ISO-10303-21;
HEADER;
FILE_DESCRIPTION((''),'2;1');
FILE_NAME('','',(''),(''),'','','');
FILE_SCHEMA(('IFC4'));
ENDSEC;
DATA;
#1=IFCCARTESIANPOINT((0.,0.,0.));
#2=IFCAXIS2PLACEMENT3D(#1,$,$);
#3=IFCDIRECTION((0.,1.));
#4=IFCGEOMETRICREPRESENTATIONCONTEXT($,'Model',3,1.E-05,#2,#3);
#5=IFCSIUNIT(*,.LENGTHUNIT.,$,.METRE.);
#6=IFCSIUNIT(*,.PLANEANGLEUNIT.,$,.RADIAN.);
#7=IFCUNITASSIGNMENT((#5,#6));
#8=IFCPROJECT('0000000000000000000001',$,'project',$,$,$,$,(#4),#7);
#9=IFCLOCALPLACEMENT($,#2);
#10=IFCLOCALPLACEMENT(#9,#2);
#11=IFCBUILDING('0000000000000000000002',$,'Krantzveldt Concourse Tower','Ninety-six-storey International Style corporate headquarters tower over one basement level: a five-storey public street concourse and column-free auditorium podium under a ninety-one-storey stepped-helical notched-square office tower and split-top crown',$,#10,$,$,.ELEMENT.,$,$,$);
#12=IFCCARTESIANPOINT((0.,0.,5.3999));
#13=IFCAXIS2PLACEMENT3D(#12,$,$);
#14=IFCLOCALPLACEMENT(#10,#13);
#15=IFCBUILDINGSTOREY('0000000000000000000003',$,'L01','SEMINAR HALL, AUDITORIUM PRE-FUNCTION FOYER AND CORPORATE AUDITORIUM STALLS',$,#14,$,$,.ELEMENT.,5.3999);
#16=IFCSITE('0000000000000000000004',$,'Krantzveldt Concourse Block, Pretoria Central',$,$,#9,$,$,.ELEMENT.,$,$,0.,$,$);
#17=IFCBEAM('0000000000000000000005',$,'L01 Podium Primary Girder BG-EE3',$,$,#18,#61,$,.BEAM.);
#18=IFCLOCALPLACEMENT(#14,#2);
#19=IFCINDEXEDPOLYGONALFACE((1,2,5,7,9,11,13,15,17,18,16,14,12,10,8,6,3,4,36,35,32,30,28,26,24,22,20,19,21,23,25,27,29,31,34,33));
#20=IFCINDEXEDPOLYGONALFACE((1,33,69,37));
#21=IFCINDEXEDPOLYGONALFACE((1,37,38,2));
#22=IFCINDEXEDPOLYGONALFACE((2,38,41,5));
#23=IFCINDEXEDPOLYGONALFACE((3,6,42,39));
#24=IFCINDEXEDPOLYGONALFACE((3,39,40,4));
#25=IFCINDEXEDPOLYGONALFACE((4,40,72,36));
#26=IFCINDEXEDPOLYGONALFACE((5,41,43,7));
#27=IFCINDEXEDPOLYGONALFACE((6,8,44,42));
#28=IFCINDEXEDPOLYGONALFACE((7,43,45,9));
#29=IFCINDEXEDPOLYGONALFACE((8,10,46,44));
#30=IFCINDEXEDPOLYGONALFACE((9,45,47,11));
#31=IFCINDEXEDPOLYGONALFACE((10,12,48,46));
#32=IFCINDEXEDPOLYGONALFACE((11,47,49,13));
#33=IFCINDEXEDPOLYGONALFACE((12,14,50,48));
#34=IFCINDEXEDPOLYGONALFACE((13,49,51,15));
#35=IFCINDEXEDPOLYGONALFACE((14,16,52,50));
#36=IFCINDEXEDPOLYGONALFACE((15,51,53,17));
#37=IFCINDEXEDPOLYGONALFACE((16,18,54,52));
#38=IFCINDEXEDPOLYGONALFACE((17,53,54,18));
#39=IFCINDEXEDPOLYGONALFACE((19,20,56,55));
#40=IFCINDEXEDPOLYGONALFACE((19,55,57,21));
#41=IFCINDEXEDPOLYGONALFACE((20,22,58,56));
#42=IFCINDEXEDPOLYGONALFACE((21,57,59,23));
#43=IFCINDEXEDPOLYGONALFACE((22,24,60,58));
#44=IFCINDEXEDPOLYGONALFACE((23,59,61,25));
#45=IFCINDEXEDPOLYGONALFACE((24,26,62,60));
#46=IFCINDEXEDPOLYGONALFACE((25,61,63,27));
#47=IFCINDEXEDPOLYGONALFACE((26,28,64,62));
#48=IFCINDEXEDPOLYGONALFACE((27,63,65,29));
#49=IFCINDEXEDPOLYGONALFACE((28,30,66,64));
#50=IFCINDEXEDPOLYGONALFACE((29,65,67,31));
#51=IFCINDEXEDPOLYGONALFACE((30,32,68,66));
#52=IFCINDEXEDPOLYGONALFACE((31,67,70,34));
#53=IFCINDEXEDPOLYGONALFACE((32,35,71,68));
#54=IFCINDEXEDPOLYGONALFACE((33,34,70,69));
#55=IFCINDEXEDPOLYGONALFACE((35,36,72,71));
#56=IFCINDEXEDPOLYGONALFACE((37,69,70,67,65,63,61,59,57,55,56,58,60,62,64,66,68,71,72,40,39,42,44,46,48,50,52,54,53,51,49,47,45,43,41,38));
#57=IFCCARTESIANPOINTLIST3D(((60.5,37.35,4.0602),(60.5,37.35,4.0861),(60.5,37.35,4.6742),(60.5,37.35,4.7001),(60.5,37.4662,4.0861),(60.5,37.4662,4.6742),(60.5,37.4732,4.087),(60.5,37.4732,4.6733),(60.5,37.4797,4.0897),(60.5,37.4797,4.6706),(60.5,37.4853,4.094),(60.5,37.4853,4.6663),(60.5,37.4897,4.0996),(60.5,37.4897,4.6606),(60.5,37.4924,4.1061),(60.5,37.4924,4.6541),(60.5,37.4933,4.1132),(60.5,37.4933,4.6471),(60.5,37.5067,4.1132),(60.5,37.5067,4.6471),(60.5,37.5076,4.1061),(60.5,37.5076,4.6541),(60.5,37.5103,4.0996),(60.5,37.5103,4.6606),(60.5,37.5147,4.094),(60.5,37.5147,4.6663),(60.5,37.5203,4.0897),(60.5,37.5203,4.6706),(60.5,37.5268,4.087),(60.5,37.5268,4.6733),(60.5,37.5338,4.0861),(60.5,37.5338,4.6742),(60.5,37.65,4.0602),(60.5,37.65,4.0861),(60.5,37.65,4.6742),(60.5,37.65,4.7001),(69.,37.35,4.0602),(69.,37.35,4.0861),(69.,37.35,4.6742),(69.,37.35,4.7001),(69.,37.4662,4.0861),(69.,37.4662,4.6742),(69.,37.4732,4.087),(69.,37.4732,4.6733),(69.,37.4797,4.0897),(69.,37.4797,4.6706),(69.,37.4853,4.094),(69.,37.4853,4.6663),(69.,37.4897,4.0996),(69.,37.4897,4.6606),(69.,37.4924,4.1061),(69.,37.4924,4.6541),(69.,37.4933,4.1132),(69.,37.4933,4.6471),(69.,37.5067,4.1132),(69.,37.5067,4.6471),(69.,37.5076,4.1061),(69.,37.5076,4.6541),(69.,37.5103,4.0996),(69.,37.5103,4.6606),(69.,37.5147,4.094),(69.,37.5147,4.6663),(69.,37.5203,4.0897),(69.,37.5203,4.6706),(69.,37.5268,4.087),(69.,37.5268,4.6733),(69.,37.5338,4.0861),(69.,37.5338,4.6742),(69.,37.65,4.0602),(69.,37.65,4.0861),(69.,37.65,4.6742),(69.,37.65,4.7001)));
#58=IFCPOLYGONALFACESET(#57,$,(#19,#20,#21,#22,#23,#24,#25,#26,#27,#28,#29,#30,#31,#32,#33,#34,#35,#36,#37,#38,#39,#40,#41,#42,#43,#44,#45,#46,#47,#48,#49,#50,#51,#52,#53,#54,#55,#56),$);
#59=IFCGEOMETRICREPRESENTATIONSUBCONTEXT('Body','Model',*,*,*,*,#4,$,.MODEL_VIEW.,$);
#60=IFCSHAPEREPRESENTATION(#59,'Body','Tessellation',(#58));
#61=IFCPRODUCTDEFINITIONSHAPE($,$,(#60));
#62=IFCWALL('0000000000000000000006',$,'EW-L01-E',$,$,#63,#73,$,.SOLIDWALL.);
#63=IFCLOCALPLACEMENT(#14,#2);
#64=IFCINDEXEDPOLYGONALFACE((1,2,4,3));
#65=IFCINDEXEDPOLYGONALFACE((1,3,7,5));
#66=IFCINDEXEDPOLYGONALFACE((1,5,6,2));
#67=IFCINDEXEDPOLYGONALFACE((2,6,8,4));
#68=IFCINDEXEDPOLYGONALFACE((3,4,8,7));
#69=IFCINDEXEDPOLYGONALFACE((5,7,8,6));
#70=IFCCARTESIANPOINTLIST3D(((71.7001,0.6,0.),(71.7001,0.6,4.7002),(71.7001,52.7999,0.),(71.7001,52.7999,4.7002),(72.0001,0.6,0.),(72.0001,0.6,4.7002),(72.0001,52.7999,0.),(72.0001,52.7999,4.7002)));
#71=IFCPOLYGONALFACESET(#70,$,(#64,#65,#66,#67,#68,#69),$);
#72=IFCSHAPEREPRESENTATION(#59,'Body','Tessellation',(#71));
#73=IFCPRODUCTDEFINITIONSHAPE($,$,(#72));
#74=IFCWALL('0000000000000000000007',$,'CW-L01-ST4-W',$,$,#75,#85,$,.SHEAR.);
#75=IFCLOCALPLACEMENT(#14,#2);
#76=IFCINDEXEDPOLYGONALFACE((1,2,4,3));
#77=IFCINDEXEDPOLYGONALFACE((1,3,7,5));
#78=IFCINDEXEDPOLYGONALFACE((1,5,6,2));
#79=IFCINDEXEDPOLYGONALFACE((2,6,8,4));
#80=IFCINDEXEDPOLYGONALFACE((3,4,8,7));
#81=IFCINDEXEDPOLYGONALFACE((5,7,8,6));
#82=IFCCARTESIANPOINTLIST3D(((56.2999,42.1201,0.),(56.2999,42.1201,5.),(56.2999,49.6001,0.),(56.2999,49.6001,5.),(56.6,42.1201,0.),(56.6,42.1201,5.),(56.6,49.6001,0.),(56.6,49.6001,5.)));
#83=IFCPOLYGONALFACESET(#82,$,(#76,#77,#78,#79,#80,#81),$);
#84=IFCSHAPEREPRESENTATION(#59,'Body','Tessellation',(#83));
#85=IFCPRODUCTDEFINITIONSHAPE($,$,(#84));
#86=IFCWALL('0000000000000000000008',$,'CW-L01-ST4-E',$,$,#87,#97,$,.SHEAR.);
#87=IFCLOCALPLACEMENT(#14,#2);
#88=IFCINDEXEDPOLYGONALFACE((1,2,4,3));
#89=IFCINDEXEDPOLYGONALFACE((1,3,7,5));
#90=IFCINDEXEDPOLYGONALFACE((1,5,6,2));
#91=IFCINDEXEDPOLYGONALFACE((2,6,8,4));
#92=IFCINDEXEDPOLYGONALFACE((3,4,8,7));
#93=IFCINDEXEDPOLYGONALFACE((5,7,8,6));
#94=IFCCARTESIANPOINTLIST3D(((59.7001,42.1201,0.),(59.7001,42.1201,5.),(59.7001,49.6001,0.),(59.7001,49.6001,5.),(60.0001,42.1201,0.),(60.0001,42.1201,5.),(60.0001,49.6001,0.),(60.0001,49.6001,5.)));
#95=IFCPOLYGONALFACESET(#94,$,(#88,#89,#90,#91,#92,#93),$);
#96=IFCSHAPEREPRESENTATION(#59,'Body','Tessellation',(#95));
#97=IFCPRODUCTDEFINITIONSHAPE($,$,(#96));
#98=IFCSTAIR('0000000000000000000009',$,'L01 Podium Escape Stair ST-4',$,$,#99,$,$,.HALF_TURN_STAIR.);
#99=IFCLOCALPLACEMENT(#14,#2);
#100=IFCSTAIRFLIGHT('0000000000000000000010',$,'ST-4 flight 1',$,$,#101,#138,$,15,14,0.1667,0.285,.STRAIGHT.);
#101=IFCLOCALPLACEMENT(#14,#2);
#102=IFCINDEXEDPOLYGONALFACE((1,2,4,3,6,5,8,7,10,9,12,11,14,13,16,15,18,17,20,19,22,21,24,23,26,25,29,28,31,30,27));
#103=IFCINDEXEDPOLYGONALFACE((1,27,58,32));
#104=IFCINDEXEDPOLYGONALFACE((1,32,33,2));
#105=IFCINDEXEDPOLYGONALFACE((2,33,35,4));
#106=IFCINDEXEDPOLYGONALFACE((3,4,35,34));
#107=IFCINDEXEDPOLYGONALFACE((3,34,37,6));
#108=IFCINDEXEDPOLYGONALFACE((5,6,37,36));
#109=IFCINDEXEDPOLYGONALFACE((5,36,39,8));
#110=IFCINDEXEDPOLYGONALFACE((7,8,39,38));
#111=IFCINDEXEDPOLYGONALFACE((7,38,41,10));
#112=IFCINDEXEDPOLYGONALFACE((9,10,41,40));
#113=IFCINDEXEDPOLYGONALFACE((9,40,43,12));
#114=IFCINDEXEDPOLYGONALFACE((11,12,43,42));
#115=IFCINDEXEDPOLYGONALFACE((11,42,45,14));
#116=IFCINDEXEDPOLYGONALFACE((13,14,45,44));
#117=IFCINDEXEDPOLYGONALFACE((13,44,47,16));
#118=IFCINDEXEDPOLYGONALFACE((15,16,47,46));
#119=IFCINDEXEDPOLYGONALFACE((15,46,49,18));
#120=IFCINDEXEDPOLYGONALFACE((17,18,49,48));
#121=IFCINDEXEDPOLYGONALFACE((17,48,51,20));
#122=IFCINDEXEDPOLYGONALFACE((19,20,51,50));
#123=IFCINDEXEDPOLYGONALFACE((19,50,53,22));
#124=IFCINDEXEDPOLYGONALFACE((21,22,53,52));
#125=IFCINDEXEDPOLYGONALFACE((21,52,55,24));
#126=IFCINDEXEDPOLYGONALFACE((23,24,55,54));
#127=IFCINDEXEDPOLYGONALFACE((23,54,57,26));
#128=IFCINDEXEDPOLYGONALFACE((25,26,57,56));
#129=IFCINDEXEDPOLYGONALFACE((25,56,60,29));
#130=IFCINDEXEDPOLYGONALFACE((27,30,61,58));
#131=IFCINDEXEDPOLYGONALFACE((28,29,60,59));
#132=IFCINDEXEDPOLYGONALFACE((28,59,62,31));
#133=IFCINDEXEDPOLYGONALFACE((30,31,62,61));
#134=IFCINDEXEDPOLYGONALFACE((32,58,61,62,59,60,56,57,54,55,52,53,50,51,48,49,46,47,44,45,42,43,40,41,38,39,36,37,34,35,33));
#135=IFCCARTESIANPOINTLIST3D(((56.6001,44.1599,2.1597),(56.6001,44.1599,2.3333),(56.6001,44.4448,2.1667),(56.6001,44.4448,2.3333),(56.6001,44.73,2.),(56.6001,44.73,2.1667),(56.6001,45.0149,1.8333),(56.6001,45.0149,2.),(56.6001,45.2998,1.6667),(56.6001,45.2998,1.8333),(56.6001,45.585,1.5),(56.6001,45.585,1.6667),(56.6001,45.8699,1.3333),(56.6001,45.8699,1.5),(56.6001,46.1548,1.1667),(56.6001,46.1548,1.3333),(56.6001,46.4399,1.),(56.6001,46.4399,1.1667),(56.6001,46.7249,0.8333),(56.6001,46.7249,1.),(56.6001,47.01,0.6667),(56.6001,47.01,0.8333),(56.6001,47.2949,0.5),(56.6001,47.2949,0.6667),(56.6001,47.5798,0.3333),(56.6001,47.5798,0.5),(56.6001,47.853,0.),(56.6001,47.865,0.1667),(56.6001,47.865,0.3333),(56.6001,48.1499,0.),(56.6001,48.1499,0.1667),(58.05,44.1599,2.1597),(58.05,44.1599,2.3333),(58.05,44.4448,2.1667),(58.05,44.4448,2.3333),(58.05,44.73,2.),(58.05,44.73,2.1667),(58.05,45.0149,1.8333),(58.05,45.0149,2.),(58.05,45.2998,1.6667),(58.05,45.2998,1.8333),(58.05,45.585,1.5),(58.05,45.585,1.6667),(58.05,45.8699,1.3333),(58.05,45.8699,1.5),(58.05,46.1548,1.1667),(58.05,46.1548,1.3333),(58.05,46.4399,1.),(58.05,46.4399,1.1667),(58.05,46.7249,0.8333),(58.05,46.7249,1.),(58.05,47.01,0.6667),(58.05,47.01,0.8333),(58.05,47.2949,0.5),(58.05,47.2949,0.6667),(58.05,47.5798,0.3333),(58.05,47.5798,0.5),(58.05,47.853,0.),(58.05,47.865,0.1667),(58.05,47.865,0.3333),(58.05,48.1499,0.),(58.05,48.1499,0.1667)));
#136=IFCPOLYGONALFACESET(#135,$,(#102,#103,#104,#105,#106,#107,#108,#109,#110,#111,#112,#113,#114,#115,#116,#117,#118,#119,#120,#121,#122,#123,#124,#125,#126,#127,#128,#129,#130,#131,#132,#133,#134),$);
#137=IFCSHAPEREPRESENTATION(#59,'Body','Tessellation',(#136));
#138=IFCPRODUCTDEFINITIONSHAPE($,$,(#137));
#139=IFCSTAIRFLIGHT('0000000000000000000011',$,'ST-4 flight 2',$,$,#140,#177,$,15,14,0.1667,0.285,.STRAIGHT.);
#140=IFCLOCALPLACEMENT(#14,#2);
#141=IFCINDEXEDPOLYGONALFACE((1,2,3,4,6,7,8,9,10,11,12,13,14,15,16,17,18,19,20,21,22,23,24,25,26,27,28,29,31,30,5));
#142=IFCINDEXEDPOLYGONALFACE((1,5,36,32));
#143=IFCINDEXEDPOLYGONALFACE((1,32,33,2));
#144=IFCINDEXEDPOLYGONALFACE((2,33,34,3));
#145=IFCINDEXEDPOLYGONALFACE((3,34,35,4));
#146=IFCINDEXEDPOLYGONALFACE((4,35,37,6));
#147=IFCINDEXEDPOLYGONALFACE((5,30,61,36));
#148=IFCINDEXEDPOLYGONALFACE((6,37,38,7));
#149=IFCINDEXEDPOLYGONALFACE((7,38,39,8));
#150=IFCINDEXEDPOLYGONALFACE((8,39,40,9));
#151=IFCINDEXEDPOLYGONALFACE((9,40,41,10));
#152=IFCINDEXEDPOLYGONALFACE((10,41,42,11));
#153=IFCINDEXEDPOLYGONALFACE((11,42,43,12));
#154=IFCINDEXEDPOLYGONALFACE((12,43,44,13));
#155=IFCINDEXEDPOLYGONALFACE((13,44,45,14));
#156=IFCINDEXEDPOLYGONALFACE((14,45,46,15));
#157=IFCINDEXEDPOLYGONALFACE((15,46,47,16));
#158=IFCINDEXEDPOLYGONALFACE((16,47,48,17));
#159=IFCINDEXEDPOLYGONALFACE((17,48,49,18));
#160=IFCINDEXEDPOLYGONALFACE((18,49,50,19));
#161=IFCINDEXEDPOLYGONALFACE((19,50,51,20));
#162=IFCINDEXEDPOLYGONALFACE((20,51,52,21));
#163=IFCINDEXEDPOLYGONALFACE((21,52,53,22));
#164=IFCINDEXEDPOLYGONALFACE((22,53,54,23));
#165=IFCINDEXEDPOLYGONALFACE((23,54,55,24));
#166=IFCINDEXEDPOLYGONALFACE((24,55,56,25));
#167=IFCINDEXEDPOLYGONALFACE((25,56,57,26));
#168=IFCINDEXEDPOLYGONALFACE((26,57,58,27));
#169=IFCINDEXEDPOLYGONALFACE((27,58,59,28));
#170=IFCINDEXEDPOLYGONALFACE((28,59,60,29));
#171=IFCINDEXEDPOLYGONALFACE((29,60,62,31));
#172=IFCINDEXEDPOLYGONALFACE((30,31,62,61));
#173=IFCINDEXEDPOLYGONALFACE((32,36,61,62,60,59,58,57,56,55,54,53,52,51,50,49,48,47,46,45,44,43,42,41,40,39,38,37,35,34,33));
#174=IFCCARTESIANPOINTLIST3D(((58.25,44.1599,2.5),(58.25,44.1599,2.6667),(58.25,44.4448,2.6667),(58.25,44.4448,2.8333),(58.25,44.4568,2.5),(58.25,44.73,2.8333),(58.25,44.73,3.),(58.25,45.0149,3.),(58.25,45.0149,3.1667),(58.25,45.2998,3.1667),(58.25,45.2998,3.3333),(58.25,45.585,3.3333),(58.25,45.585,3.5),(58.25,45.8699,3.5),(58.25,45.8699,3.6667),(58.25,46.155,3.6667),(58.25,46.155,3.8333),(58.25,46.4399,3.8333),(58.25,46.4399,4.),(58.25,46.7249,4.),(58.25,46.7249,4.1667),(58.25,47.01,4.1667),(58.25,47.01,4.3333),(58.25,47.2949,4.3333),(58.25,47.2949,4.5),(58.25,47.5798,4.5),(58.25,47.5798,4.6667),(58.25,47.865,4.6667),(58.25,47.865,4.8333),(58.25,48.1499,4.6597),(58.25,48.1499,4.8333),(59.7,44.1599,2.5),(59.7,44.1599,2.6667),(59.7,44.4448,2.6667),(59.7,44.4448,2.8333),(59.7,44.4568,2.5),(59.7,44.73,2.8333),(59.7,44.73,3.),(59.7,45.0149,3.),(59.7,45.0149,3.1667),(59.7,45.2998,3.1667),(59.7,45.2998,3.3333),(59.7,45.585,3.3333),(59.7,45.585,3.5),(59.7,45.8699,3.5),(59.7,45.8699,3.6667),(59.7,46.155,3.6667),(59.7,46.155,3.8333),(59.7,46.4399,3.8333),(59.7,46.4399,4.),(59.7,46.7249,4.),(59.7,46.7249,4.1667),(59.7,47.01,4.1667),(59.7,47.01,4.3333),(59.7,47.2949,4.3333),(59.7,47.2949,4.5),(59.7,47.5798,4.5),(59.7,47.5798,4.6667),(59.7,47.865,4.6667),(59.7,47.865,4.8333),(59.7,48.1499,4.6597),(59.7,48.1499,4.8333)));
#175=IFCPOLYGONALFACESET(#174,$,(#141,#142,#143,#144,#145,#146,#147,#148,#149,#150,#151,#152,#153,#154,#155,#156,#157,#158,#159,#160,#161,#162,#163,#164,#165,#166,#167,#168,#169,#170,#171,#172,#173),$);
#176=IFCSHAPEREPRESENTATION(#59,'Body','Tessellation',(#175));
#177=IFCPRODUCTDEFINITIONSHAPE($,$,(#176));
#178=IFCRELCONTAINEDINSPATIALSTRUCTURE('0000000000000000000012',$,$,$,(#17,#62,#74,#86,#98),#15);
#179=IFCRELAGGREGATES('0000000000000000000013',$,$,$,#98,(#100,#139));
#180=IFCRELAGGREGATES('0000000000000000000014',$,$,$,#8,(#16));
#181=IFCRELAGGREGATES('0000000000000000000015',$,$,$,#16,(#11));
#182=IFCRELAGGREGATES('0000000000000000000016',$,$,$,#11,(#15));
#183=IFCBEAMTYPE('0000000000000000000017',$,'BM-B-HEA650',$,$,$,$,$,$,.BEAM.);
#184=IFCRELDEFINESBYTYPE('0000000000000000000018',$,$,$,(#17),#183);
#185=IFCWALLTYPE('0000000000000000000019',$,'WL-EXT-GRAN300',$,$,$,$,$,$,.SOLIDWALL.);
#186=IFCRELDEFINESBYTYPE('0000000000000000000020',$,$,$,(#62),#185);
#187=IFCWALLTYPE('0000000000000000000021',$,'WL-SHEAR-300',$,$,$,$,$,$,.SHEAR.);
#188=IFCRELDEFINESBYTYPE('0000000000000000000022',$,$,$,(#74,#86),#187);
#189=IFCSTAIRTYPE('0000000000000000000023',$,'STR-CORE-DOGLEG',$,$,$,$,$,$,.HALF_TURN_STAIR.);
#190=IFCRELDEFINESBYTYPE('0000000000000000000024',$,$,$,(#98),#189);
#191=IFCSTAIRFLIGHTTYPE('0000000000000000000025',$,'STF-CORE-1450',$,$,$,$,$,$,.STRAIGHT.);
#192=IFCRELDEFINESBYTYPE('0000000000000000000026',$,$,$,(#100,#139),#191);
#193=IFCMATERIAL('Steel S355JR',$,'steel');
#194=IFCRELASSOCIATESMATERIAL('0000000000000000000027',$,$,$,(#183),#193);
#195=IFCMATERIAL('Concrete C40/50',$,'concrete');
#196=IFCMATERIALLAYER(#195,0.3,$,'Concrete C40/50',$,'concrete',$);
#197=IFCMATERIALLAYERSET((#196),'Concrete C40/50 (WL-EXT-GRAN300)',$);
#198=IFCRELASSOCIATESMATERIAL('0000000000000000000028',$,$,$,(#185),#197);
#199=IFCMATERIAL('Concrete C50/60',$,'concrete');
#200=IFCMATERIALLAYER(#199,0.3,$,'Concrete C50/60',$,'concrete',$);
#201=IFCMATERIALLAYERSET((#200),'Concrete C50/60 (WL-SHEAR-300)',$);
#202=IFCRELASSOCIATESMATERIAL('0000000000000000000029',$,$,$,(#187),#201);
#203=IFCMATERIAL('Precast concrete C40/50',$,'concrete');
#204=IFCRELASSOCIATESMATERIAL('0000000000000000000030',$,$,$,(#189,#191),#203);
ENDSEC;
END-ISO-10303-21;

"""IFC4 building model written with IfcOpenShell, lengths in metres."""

from ifc_helpers import new_model, si_unit, direction, frame, frame_2d, origin, origin_2d, place, context, subcontext, project, spatial, polyline, rectangle, i_section, outline, extrude, source, transform, mapped, material, layer, layer_set, material_profile, profile_set, type_object, type_shapes, element, aggregate, save


model = new_model("IFC4")

# Units and contexts
model_context = context("Model", 3, precision=1e-05, world=origin(), true_north=direction((0.0, 1.0)))
body_context = subcontext(model_context, "Body", "Model", "MODEL_VIEW")
ifc_project = project(units=[si_unit("LENGTHUNIT", "METRE"), si_unit("PLANEANGLEUNIT", "RADIAN")], contexts=[model_context])

# Site, building, storey
site_placement = place(None, origin())
site = spatial("IfcSite", under=ifc_project, at=site_placement, Name="Krantzveldt Concourse Block, Pretoria Central", CompositionType="ELEMENT", RefElevation=0.0)
building_placement = place(site_placement, origin())
building = spatial("IfcBuilding", under=site, at=building_placement, Name="Krantzveldt Concourse Tower", Description="Ninety-six-storey International Style corporate headquarters tower over one basement level: a five-storey public street concourse and column-free auditorium podium under a ninety-one-storey stepped-helical notched-square office tower and split-top crown", CompositionType="ELEMENT")
storey_placement = place(building_placement, frame((0.0, 0.0, 5.3999)))
storey = spatial("IfcBuildingStorey", under=building, at=storey_placement, Name="L01", Description="SEMINAR HALL, AUDITORIUM PRE-FUNCTION FOYER AND CORPORATE AUDITORIUM STALLS", CompositionType="ELEMENT", Elevation=5.3999)

# Shared definitions
ifc_material_1 = material(Name="Concrete C40/50", Category="concrete")
ifc_material_2 = material(Name="Concrete C50/60", Category="concrete")

# Beam
ifc_material_3 = material(Name="Steel S355JR", Category="steel")
ifc_material_profile_1 = material_profile(ifc_material_3, i_section(OverallWidth=0.3, OverallDepth=0.6399, WebThickness=0.0134, FlangeThickness=0.0259, FilletRadius=0.0271, at=origin_2d()), Name="Steel S355JR", Category="steel")
ifc_profile_set_1 = profile_set([ifc_material_profile_1], Name="Steel S355JR - HEA 650")
beam_type_1 = type_object("IfcBeamType", Name="BM-B-HEA650", PredefinedType="BEAM", material=ifc_profile_set_1)
shared_shape_1 = source(origin(), body_context, "Body", "SweptSolid", [
    extrude(i_section(OverallWidth=0.3, OverallDepth=0.6399, WebThickness=0.0134, FlangeThickness=0.0259, FilletRadius=0.0271, at=origin_2d()), origin(), (0.0, 0.0, 1.0), 8.5),
])
type_shapes(beam_type_1, [shared_shape_1])
for number, where, z_axis, x_axis, name in (
    (1, (60.5, 37.5, 4.3801), (1.0, 0.0, 0.0), (0.0, 1.0, 0.0), "L01 Podium Primary Girder BG-EE3"),
):
    element("IfcBeam", number, at=place(storey_placement, frame(where, z_axis=z_axis, x_axis=x_axis)), inside=storey, type_object=beam_type_1, Name=name, PredefinedType="BEAM", context=body_context, shape_type="MappedRepresentation", body=[
        mapped(shared_shape_1, transform((0.0, 0.0, 0.0), x_axis=(1.0, 0.0, 0.0), y_axis=(0.0, 1.0, 0.0), z_axis=(0.0, 0.0, 1.0), scale=1.0)),
    ])

# Wall
ifc_layer_1 = layer(ifc_material_1, 0.3, Name="Concrete C40/50", Category="concrete")
ifc_layer_set_1 = layer_set([ifc_layer_1], Name="Concrete C40/50 (WL-EXT-GRAN300)")
wall_type_1 = type_object("IfcWallType", Name="WL-EXT-GRAN300", PredefinedType="SOLIDWALL", material=ifc_layer_set_1)
wall_1_placement = place(storey_placement, frame((71.8501, 52.8, 0.0), z_axis=(0.0, 0.0, 1.0), x_axis=(0.0, -1.0, 0.0)))
element("IfcWall", 2, at=wall_1_placement, inside=storey, type_object=wall_type_1, Name="EW-L01-E", PredefinedType="SOLIDWALL", context=body_context, shape_type="SweptSolid", body=[
    extrude(rectangle(XDim=52.2, YDim=0.3, at=frame_2d((26.1001, 0.0))), origin(), (0.0, 0.0, 1.0), 4.7002),
])

# Shared definitions
ifc_layer_2 = layer(ifc_material_2, 0.3, Name="Concrete C50/60", Category="concrete")
ifc_layer_set_2 = layer_set([ifc_layer_2], Name="Concrete C50/60 (WL-SHEAR-300)")
wall_type_2 = type_object("IfcWallType", Name="WL-SHEAR-300", PredefinedType="SHEAR", material=ifc_layer_set_2)

# Walls
for number, where, z_axis, x_axis, name in (
    (3, (56.45, 42.1201, 0.0), (0.0, 0.0, 1.0), (0.0, 1.0, 0.0), "CW-L01-ST4-W"),
    (4, (59.8501, 42.1201, 0.0), (0.0, 0.0, 1.0), (0.0, 1.0, 0.0), "CW-L01-ST4-E"),
):
    element("IfcWall", number, at=place(storey_placement, frame(where, z_axis=z_axis, x_axis=x_axis)), inside=storey, type_object=wall_type_2, Name=name, PredefinedType="SHEAR", context=body_context, shape_type="SweptSolid", body=[
        extrude(rectangle(XDim=7.48, YDim=0.3, at=frame_2d((3.74, 0.0))), origin(), (0.0, 0.0, 1.0), 5.0),
    ])

# Stair, stair flights
ifc_material_4 = material(Name="Precast concrete C40/50", Category="concrete")
stair_type = type_object("IfcStairType", Name="STR-CORE-DOGLEG", PredefinedType="HALF_TURN_STAIR", material=ifc_material_4)
stair_placement = place(storey_placement, origin())
stair = element("IfcStair", 5, at=stair_placement, inside=storey, type_object=stair_type, Name="L01 Podium Escape Stair ST-4", PredefinedType="HALF_TURN_STAIR")
stair_flight_type = type_object("IfcStairFlightType", Name="STF-CORE-1450", PredefinedType="STRAIGHT", material=ifc_material_4)
stair_flight_1_placement = place(storey_placement, frame((57.325, 48.1499, 0.0), z_axis=(0.0, 0.0, 1.0), x_axis=(0.0, -1.0, 0.0)))
stair_flight_1 = element("IfcStairFlight", 6, at=stair_flight_1_placement, type_object=stair_flight_type, Name="ST-4 flight 1", NumberOfRisers=15, NumberOfTreads=14, PredefinedType="STRAIGHT", RiserHeight=0.1667, TreadLength=0.285, context=body_context, shape_type="SweptSolid", body=[
    extrude(outline(polyline([(0.0, 0.0), (0.0, 0.1667), (0.2849, 0.1667), (0.2849, 0.3333), (0.5701, 0.3333), (0.5701, 0.5), (0.855, 0.5), (0.855, 0.6667), (1.1399, 0.6667), (1.1399, 0.8333), (1.425, 0.8333), (1.425, 1.0), (1.71, 1.0), (1.71, 1.1667), (1.9951, 1.1667), (1.9951, 1.3333), (2.28, 1.3333), (2.28, 1.5), (2.5649, 1.5), (2.5649, 1.6667), (2.8501, 1.6667), (2.8501, 1.8333), (3.135, 1.8333), (3.135, 2.0), (3.4199, 2.0), (3.4199, 2.1667), (3.7051, 2.1667), (3.7051, 2.3333), (3.99, 2.3333), (3.99, 2.5), (3.99, 2.1597), (0.2969, 0.0), (0.0, 0.0)])), frame((0.0, 0.7251, 0.0), z_axis=(0.0, -1.0, 0.0), x_axis=(1.0, 0.0, 0.0)), (0.0, 0.0, 1.0), 1.45),
])
stair_flight_2_placement = place(storey_placement, frame((58.9751, 44.1599, 2.5), z_axis=(0.0, 0.0, 1.0), x_axis=(0.0, 1.0, 0.0)))
stair_flight_2 = element("IfcStairFlight", 7, at=stair_flight_2_placement, type_object=stair_flight_type, Name="ST-4 flight 2", NumberOfRisers=15, NumberOfTreads=14, PredefinedType="STRAIGHT", RiserHeight=0.1667, TreadLength=0.285, context=body_context, shape_type="SweptSolid", body=[
    extrude(outline(polyline([(0.0, 0.0), (0.0, 0.1667), (0.2849, 0.1667), (0.2849, 0.3333), (0.5701, 0.3333), (0.5701, 0.5), (0.855, 0.5), (0.855, 0.6667), (1.1399, 0.6667), (1.1399, 0.8333), (1.425, 0.8333), (1.425, 1.0), (1.71, 1.0), (1.71, 1.1667), (1.9951, 1.1667), (1.9951, 1.3333), (2.28, 1.3333), (2.28, 1.5), (2.5649, 1.5), (2.5649, 1.6667), (2.8501, 1.6667), (2.8501, 1.8333), (3.135, 1.8333), (3.135, 2.0), (3.4199, 2.0), (3.4199, 2.1667), (3.7051, 2.1667), (3.7051, 2.3333), (3.99, 2.3333), (3.99, 2.5), (3.99, 2.1597), (0.2969, 0.0), (0.0, 0.0)])), frame((0.0, 0.7251, 0.0), z_axis=(0.0, -1.0, 0.0), x_axis=(1.0, 0.0, 0.0)), (0.0, 0.0, 1.0), 1.45),
])
aggregate(stair, [stair_flight_1, stair_flight_2])

save(model, "model.ifc")
